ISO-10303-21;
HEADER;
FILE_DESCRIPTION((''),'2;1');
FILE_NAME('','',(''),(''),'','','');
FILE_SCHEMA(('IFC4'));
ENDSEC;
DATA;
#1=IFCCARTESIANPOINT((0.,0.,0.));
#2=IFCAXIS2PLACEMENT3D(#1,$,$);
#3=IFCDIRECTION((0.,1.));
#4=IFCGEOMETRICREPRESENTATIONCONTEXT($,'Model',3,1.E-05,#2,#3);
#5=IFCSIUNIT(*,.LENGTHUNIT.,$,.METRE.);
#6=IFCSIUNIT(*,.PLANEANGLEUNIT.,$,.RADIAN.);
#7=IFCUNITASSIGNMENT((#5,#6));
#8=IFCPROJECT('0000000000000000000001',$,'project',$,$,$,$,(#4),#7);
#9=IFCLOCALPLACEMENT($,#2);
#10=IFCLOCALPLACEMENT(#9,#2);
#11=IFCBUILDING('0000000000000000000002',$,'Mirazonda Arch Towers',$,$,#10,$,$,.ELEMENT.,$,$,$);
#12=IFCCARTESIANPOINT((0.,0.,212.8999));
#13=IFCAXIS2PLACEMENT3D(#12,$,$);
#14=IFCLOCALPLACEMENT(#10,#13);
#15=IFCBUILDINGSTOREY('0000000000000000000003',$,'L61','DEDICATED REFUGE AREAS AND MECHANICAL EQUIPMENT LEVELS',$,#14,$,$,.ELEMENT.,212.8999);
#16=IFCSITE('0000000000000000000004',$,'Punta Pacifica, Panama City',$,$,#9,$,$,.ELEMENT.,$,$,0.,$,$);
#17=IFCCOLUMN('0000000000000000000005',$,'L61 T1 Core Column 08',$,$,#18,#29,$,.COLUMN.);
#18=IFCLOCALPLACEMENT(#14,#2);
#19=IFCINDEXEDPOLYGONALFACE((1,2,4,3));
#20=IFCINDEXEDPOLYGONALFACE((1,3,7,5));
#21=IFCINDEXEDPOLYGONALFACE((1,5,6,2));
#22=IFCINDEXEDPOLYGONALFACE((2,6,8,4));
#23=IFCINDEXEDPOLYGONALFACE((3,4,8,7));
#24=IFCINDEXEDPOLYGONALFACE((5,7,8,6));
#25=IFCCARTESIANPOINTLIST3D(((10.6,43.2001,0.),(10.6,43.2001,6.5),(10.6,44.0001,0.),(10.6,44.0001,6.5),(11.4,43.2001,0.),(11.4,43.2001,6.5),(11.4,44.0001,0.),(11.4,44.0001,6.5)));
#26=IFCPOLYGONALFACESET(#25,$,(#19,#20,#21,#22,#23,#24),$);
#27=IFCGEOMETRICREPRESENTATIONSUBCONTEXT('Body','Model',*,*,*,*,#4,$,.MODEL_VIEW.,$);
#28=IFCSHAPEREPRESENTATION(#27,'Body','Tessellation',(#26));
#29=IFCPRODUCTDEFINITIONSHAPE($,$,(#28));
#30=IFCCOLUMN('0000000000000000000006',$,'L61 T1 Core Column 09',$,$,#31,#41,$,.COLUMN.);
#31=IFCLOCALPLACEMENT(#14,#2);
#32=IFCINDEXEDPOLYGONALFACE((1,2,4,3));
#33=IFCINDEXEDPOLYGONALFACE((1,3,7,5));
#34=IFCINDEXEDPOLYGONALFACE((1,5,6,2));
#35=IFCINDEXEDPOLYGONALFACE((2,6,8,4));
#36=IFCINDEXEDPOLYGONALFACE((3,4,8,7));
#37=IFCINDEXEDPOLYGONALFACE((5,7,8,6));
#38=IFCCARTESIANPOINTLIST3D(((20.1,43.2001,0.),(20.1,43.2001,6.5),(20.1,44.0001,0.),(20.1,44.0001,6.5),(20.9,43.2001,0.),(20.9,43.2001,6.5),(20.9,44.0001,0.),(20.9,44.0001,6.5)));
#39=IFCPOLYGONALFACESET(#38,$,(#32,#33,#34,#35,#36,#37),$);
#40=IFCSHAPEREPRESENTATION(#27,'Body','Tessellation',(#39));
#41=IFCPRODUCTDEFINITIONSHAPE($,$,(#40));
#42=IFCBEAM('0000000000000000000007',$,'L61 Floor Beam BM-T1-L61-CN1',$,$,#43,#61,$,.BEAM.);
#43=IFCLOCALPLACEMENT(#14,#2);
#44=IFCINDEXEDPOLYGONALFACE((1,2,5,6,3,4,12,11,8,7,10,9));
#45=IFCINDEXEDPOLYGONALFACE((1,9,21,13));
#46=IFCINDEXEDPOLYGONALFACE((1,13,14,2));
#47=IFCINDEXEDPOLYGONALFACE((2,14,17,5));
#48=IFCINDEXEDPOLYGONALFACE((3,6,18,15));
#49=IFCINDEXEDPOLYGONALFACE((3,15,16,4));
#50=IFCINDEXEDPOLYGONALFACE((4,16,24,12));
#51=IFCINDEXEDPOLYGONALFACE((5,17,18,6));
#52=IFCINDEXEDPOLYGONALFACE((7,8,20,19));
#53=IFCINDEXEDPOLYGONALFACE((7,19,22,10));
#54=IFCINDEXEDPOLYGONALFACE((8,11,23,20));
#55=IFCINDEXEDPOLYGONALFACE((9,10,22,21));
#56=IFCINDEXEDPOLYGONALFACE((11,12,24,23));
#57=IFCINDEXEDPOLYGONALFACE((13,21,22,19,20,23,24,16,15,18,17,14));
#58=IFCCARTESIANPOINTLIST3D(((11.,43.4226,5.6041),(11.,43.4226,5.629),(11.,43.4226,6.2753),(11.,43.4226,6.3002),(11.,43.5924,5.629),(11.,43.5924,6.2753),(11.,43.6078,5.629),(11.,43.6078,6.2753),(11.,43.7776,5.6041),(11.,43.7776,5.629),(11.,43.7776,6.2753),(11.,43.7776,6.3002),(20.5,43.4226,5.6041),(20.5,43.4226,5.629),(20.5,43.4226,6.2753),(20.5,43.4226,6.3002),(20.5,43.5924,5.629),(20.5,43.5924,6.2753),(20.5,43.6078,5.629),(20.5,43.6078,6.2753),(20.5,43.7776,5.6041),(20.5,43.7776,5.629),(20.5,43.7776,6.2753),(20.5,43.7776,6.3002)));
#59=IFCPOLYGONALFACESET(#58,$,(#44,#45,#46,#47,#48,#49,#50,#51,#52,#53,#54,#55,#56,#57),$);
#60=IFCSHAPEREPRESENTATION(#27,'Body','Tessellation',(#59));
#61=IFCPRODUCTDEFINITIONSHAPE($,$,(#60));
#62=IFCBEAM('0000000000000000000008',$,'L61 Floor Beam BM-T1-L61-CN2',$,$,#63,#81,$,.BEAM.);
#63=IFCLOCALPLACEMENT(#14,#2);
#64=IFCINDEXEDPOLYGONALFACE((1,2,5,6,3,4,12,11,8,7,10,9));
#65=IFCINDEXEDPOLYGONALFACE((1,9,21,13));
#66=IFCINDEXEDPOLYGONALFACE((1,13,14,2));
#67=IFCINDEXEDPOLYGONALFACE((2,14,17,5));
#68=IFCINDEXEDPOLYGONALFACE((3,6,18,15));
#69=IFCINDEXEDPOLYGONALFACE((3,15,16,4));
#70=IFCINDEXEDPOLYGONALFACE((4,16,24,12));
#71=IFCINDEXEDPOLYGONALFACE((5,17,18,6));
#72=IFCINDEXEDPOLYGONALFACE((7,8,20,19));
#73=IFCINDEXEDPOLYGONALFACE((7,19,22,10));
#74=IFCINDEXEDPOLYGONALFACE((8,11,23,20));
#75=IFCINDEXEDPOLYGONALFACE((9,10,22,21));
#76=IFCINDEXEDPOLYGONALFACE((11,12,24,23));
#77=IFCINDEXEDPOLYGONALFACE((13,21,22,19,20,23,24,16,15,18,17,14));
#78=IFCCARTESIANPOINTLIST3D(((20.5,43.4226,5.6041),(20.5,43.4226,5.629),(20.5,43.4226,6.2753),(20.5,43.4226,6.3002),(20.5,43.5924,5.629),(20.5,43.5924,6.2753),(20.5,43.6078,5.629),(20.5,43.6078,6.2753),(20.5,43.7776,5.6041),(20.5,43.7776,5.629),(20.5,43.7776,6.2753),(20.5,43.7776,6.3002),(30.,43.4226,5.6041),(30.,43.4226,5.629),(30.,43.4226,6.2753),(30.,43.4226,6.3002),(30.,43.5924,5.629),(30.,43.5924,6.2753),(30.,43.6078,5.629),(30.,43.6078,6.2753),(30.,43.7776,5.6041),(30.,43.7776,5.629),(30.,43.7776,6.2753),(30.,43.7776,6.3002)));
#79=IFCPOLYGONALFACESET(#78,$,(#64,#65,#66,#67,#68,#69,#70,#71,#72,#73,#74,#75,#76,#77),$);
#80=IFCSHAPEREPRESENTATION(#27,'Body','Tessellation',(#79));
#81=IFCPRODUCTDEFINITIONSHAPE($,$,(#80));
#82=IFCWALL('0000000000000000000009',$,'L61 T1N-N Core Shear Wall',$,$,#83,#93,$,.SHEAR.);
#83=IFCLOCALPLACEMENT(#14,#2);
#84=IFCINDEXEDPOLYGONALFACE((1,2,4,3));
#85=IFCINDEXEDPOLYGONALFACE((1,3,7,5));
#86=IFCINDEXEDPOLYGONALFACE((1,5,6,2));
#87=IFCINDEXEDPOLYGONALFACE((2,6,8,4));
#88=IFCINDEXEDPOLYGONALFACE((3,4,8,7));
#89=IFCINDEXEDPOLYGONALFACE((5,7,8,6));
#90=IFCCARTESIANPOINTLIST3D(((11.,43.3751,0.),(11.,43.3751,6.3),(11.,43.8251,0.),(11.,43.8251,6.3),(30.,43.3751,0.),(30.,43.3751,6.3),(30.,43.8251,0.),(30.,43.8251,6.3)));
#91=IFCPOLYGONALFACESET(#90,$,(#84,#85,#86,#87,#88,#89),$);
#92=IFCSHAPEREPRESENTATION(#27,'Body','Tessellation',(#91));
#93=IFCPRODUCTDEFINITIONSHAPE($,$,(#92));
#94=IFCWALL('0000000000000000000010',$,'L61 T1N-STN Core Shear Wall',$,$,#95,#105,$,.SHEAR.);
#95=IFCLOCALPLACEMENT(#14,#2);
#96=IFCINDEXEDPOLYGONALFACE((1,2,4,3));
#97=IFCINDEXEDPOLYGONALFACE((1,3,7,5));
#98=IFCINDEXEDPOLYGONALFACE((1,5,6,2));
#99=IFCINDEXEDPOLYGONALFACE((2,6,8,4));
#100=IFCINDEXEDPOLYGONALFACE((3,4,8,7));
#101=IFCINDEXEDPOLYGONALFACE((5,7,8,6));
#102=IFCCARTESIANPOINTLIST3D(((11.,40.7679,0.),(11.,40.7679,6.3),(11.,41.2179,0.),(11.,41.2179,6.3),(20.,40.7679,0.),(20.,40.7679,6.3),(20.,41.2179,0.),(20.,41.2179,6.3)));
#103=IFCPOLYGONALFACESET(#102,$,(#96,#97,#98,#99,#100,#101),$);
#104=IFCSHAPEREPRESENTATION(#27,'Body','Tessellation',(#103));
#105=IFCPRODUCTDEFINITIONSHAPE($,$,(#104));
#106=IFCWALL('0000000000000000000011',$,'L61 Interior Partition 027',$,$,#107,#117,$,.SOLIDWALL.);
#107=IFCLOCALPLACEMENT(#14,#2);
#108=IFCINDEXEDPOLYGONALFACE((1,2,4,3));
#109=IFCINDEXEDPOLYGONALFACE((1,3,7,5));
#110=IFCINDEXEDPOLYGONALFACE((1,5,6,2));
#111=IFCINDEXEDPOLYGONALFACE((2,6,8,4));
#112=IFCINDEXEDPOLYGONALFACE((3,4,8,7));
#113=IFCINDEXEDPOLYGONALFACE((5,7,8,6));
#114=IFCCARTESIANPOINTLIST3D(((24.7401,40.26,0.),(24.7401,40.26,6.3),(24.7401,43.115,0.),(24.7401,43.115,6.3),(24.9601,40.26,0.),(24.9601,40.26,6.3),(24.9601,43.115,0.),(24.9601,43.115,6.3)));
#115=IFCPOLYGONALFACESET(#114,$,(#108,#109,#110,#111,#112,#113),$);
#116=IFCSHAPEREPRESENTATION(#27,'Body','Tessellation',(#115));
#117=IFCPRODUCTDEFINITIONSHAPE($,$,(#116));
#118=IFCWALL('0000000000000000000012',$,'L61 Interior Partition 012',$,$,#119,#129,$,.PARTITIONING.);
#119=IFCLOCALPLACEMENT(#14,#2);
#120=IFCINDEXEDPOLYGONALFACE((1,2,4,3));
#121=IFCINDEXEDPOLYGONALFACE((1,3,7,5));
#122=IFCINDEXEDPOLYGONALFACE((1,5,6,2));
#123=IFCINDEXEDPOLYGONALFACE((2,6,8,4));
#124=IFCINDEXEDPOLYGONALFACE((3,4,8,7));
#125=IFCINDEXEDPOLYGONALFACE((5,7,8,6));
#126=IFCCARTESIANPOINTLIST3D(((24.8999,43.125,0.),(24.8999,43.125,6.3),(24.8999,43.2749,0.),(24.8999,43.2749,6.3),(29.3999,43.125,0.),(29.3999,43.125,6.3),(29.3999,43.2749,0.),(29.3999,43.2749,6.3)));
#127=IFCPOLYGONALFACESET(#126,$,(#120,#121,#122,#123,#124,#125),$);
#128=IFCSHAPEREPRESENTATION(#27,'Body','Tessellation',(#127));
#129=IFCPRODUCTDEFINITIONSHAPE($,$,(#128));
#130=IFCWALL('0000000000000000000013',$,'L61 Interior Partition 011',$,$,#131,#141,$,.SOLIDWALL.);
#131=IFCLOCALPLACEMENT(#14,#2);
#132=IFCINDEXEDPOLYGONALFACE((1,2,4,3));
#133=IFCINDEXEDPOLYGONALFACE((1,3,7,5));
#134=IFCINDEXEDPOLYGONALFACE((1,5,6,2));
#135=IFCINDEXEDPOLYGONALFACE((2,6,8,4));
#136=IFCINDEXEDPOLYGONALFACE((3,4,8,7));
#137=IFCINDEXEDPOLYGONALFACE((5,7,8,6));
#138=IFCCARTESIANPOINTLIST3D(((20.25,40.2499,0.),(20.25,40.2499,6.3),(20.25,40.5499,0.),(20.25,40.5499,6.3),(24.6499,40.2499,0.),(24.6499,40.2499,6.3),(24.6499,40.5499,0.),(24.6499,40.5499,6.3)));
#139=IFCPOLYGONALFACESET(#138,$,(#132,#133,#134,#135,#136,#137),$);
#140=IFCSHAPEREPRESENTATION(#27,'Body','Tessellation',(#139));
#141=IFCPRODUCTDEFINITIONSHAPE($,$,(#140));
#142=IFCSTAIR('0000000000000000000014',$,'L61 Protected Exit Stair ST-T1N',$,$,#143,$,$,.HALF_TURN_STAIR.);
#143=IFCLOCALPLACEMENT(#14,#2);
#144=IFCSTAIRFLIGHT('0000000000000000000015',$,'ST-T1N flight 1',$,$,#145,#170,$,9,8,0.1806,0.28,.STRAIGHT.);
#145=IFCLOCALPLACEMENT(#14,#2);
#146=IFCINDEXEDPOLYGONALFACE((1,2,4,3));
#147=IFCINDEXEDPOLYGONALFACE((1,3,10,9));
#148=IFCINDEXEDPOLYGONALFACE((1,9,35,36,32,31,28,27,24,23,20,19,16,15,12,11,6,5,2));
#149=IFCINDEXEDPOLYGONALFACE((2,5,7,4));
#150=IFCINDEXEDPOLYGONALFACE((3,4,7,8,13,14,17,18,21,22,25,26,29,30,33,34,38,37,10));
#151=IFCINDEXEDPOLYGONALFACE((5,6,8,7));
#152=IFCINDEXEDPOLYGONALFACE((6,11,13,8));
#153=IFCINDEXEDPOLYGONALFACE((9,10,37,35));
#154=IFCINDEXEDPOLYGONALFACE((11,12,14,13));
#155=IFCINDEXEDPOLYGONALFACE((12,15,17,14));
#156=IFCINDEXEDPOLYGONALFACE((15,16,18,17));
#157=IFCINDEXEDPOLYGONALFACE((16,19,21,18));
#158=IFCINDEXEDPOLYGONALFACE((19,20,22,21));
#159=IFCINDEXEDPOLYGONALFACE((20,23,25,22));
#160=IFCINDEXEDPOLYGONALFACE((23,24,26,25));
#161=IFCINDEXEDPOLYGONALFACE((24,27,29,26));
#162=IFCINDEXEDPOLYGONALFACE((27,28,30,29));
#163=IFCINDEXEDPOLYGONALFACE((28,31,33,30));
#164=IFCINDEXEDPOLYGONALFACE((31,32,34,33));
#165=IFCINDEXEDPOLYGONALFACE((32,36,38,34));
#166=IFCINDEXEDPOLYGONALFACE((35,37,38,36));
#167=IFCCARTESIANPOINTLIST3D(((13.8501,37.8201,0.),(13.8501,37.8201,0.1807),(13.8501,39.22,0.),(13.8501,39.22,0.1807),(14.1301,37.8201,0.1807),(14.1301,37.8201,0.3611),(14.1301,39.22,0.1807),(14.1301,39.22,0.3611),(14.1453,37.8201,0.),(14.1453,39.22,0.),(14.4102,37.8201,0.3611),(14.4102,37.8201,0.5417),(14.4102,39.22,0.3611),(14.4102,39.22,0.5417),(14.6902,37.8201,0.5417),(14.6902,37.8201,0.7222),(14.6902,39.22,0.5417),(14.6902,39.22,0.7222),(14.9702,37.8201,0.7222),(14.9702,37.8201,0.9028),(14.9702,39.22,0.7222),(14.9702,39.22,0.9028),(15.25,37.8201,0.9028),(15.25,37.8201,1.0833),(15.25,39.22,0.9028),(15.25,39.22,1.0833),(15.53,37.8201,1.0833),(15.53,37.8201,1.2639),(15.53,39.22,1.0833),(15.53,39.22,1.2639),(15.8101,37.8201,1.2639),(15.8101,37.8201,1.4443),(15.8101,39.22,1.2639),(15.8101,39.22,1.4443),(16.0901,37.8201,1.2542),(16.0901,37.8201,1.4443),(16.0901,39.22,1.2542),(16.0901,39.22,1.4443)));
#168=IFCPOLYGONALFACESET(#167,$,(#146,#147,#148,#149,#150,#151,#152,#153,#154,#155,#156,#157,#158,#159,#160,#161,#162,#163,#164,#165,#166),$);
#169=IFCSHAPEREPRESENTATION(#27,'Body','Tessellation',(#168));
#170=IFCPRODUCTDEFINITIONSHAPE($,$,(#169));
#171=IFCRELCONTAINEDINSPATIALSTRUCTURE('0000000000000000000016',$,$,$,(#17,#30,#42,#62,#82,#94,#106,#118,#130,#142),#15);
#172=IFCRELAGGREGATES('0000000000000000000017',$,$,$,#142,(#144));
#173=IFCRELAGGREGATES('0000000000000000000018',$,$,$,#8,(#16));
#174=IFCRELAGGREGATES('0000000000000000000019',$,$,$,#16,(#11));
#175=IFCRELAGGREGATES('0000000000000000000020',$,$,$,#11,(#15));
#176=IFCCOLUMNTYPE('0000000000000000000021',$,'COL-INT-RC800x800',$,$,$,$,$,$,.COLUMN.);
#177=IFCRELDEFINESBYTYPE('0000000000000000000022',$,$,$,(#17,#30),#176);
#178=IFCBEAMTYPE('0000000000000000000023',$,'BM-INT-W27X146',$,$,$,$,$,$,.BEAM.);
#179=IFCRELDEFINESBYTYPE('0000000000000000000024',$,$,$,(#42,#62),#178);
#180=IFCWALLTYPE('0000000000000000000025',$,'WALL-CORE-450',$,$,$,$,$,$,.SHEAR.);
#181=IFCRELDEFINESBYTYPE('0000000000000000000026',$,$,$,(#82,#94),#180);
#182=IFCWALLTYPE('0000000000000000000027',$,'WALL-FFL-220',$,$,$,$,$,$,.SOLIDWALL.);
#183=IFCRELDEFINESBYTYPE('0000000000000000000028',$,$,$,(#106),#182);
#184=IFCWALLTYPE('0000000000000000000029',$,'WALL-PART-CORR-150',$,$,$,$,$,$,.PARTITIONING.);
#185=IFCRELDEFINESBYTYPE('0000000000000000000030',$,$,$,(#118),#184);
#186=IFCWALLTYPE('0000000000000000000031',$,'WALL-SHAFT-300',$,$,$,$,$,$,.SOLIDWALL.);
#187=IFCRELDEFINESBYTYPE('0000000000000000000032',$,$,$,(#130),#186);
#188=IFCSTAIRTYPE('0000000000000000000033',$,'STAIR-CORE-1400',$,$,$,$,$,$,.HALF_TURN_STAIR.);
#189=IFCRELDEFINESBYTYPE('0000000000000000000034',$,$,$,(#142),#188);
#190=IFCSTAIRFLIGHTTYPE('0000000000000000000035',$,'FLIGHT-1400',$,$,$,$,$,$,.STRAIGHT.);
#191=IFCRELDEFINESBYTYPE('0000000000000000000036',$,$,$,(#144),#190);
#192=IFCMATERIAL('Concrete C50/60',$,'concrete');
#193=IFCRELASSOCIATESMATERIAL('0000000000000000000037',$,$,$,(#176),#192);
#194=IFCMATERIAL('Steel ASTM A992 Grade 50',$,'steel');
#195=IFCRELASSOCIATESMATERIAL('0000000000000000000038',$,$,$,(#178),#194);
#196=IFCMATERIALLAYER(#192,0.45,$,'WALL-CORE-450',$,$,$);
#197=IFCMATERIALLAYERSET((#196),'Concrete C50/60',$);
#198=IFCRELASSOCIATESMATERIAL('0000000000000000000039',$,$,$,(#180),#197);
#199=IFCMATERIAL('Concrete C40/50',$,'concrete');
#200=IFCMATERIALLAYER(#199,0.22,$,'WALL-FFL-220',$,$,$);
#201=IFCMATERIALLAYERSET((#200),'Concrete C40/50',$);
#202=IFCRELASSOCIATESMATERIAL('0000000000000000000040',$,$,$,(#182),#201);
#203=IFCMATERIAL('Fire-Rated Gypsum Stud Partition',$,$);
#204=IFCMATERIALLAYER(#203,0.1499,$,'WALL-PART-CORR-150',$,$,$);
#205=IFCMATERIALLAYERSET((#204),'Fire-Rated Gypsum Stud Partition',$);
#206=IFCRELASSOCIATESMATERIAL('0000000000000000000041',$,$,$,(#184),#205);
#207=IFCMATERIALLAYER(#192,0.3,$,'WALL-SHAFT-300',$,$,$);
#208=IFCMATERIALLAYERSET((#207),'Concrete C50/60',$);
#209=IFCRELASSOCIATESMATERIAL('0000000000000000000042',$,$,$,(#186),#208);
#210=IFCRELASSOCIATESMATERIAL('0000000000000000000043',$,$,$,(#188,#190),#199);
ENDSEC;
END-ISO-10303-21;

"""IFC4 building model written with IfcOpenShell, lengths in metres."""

from ifc_helpers import new_model, si_unit, direction, frame, frame_2d, origin, origin_2d, place, context, subcontext, project, spatial, polyline, rectangle, i_section, outline, extrude, material, layer, layer_set, material_profile, profile_set, type_object, element, aggregate, save


model = new_model("IFC4")

# Units and contexts
model_context = context("Model", 3, precision=1e-05, world=origin(), true_north=direction((0.0, 1.0)))
body_context = subcontext(model_context, "Body", "Model", "MODEL_VIEW")
ifc_project = project(units=[si_unit("LENGTHUNIT", "METRE"), si_unit("PLANEANGLEUNIT", "RADIAN")], contexts=[model_context])

# Site, building, storey
site_placement = place(None, origin())
site = spatial("IfcSite", under=ifc_project, at=site_placement, Name="Punta Pacifica, Panama City", CompositionType="ELEMENT", RefElevation=0.0)
building_placement = place(site_placement, origin())
building = spatial("IfcBuilding", under=site, at=building_placement, Name="Mirazonda Arch Towers", CompositionType="ELEMENT")
storey_placement = place(building_placement, frame((0.0, 0.0, 212.8999)))
storey = spatial("IfcBuildingStorey", under=building, at=storey_placement, Name="L61", Description="DEDICATED REFUGE AREAS AND MECHANICAL EQUIPMENT LEVELS", CompositionType="ELEMENT", Elevation=212.8999)

# Columns
ifc_material_1 = material(Name="Concrete C50/60", Category="concrete")
ifc_material_profile_1 = material_profile(ifc_material_1, rectangle(XDim=0.8, YDim=0.8, at=origin_2d()), Name="RC800x800")
ifc_profile_set_1 = profile_set([ifc_material_profile_1], Name="Concrete C50/60")
column_type = type_object("IfcColumnType", Name="COL-INT-RC800x800", PredefinedType="COLUMN", material=ifc_profile_set_1)
for number, where, z_axis, x_axis, name in (
    (1, (11.0, 43.6001, 0.0), (0.0, 0.0, 1.0), (1.0, 0.0, 0.0), "L61 T1 Core Column 08"),
    (2, (20.5, 43.6001, 0.0), (0.0, 0.0, 1.0), (1.0, 0.0, 0.0), "L61 T1 Core Column 09"),
):
    element("IfcColumn", number, at=place(storey_placement, frame(where, z_axis=z_axis, x_axis=x_axis)), inside=storey, type_object=column_type, Name=name, PredefinedType="COLUMN", context=body_context, shape_type="SweptSolid", body=[
        extrude(rectangle(XDim=0.8, YDim=0.8, at=origin_2d()), origin(), (0.0, 0.0, 1.0), 6.5),
    ])

# Beams
ifc_material_2 = material(Name="Steel ASTM A992 Grade 50", Category="steel")
ifc_material_profile_2 = material_profile(ifc_material_2, i_section(OverallWidth=0.355, OverallDepth=0.696, WebThickness=0.0154, FlangeThickness=0.0249, at=origin_2d()), Name="W27X146")
ifc_profile_set_2 = profile_set([ifc_material_profile_2], Name="Steel ASTM A992 Grade 50")
beam_type = type_object("IfcBeamType", Name="BM-INT-W27X146", PredefinedType="BEAM", material=ifc_profile_set_2)
for number, where, z_axis, x_axis, name in (
    (3, (11.0, 43.6001, 5.9521), (1.0, 0.0, 0.0), (0.0, 1.0, 0.0), "L61 Floor Beam BM-T1-L61-CN1"),
    (4, (20.5, 43.6001, 5.9521), (1.0, 0.0, 0.0), (0.0, 1.0, 0.0), "L61 Floor Beam BM-T1-L61-CN2"),
):
    element("IfcBeam", number, at=place(storey_placement, frame(where, z_axis=z_axis, x_axis=x_axis)), inside=storey, type_object=beam_type, Name=name, PredefinedType="BEAM", context=body_context, shape_type="SweptSolid", body=[
        extrude(i_section(OverallWidth=0.355, OverallDepth=0.696, WebThickness=0.0154, FlangeThickness=0.0249, at=origin_2d()), origin(), (0.0, 0.0, 1.0), 9.5),
    ])

# Walls
ifc_layer_1 = layer(ifc_material_1, 0.45, Name="WALL-CORE-450")
ifc_layer_set_1 = layer_set([ifc_layer_1], Name="Concrete C50/60")
wall_type_1 = type_object("IfcWallType", Name="WALL-CORE-450", PredefinedType="SHEAR", material=ifc_layer_set_1)
wall_1_placement = place(storey_placement, frame((11.0, 43.6001, 0.0), z_axis=(0.0, 0.0, 1.0), x_axis=(1.0, 0.0, 0.0)))
element("IfcWall", 5, at=wall_1_placement, inside=storey, type_object=wall_type_1, Name="L61 T1N-N Core Shear Wall", PredefinedType="SHEAR", context=body_context, shape_type="SweptSolid", body=[
    extrude(rectangle(XDim=19.0, YDim=0.45, at=frame_2d((9.5, 0.0))), origin(), (0.0, 0.0, 1.0), 6.3),
])
wall_2_placement = place(storey_placement, frame((11.0, 40.9929, 0.0), z_axis=(0.0, 0.0, 1.0), x_axis=(1.0, 0.0, 0.0)))
element("IfcWall", 6, at=wall_2_placement, inside=storey, type_object=wall_type_1, Name="L61 T1N-STN Core Shear Wall", PredefinedType="SHEAR", context=body_context, shape_type="SweptSolid", body=[
    extrude(rectangle(XDim=9.0, YDim=0.45, at=frame_2d((4.5, 0.0))), origin(), (0.0, 0.0, 1.0), 6.3),
])
ifc_material_3 = material(Name="Concrete C40/50", Category="concrete")
ifc_layer_2 = layer(ifc_material_3, 0.22, Name="WALL-FFL-220")
ifc_layer_set_2 = layer_set([ifc_layer_2], Name="Concrete C40/50")
wall_type_2 = type_object("IfcWallType", Name="WALL-FFL-220", PredefinedType="SOLIDWALL", material=ifc_layer_set_2)
wall_3_placement = place(storey_placement, frame((24.8501, 40.26, 0.0), z_axis=(0.0, 0.0, 1.0), x_axis=(0.0, 1.0, 0.0)))
element("IfcWall", 7, at=wall_3_placement, inside=storey, type_object=wall_type_2, Name="L61 Interior Partition 027", PredefinedType="SOLIDWALL", context=body_context, shape_type="SweptSolid", body=[
    extrude(rectangle(XDim=2.855, YDim=0.22, at=frame_2d((1.4275, 0.0))), origin(), (0.0, 0.0, 1.0), 6.3),
])
ifc_material_4 = material(Name="Fire-Rated Gypsum Stud Partition")
ifc_layer_3 = layer(ifc_material_4, 0.1499, Name="WALL-PART-CORR-150")
ifc_layer_set_3 = layer_set([ifc_layer_3], Name="Fire-Rated Gypsum Stud Partition")
wall_type_3 = type_object("IfcWallType", Name="WALL-PART-CORR-150", PredefinedType="PARTITIONING", material=ifc_layer_set_3)
wall_4_placement = place(storey_placement, frame((24.8999, 43.2, 0.0), z_axis=(0.0, 0.0, 1.0), x_axis=(1.0, 0.0, 0.0)))
element("IfcWall", 8, at=wall_4_placement, inside=storey, type_object=wall_type_3, Name="L61 Interior Partition 012", PredefinedType="PARTITIONING", context=body_context, shape_type="SweptSolid", body=[
    extrude(rectangle(XDim=4.5, YDim=0.1499, at=frame_2d((2.25, 0.0))), origin(), (0.0, 0.0, 1.0), 6.3),
])
ifc_layer_4 = layer(ifc_material_1, 0.3, Name="WALL-SHAFT-300")
ifc_layer_set_4 = layer_set([ifc_layer_4], Name="Concrete C50/60")
wall_type_4 = type_object("IfcWallType", Name="WALL-SHAFT-300", PredefinedType="SOLIDWALL", material=ifc_layer_set_4)
wall_5_placement = place(storey_placement, frame((20.25, 40.3999, 0.0), z_axis=(0.0, 0.0, 1.0), x_axis=(1.0, 0.0, 0.0)))
element("IfcWall", 9, at=wall_5_placement, inside=storey, type_object=wall_type_4, Name="L61 Interior Partition 011", PredefinedType="SOLIDWALL", context=body_context, shape_type="SweptSolid", body=[
    extrude(rectangle(XDim=4.3999, YDim=0.3, at=frame_2d((2.2, 0.0))), origin(), (0.0, 0.0, 1.0), 6.3),
])

# Stair, stair flight
stair_type = type_object("IfcStairType", Name="STAIR-CORE-1400", PredefinedType="HALF_TURN_STAIR", material=ifc_material_3)
stair_placement = place(storey_placement, origin())
stair = element("IfcStair", 10, at=stair_placement, inside=storey, type_object=stair_type, Name="L61 Protected Exit Stair ST-T1N", PredefinedType="HALF_TURN_STAIR")
stair_flight_type = type_object("IfcStairFlightType", Name="FLIGHT-1400", PredefinedType="STRAIGHT", material=ifc_material_3)
stair_flight_1_placement = place(storey_placement, frame((13.8501, 38.52, 0.0), z_axis=(0.0, 0.0, 1.0), x_axis=(1.0, 0.0, 0.0)))
stair_flight_1 = element("IfcStairFlight", 11, at=stair_flight_1_placement, type_object=stair_flight_type, Name="ST-T1N flight 1", NumberOfRisers=9, NumberOfTreads=8, PredefinedType="STRAIGHT", RiserHeight=0.1806, TreadLength=0.28, context=body_context, shape_type="SweptSolid", body=[
    extrude(outline(polyline([(0.0, 0.0), (0.0, 0.1807), (0.28, 0.1807), (0.28, 0.3611), (0.5601, 0.3611), (0.5601, 0.5417), (0.8401, 0.5417), (0.8401, 0.7222), (1.1201, 0.7222), (1.1201, 0.9028), (1.3999, 0.9028), (1.3999, 1.0833), (1.6799, 1.0833), (1.6799, 1.2639), (1.96, 1.2639), (1.96, 1.4443), (2.24, 1.4443), (2.24, 1.625), (2.24, 1.2542), (0.2952, 0.0), (0.0, 0.0)])), frame((0.0, 0.7, 0.0), z_axis=(0.0, -1.0, 0.0), x_axis=(1.0, 0.0, 0.0)), (0.0, 0.0, 1.0), 1.3999),
])
aggregate(stair, [stair_flight_1])

save(model, "model.ifc")
